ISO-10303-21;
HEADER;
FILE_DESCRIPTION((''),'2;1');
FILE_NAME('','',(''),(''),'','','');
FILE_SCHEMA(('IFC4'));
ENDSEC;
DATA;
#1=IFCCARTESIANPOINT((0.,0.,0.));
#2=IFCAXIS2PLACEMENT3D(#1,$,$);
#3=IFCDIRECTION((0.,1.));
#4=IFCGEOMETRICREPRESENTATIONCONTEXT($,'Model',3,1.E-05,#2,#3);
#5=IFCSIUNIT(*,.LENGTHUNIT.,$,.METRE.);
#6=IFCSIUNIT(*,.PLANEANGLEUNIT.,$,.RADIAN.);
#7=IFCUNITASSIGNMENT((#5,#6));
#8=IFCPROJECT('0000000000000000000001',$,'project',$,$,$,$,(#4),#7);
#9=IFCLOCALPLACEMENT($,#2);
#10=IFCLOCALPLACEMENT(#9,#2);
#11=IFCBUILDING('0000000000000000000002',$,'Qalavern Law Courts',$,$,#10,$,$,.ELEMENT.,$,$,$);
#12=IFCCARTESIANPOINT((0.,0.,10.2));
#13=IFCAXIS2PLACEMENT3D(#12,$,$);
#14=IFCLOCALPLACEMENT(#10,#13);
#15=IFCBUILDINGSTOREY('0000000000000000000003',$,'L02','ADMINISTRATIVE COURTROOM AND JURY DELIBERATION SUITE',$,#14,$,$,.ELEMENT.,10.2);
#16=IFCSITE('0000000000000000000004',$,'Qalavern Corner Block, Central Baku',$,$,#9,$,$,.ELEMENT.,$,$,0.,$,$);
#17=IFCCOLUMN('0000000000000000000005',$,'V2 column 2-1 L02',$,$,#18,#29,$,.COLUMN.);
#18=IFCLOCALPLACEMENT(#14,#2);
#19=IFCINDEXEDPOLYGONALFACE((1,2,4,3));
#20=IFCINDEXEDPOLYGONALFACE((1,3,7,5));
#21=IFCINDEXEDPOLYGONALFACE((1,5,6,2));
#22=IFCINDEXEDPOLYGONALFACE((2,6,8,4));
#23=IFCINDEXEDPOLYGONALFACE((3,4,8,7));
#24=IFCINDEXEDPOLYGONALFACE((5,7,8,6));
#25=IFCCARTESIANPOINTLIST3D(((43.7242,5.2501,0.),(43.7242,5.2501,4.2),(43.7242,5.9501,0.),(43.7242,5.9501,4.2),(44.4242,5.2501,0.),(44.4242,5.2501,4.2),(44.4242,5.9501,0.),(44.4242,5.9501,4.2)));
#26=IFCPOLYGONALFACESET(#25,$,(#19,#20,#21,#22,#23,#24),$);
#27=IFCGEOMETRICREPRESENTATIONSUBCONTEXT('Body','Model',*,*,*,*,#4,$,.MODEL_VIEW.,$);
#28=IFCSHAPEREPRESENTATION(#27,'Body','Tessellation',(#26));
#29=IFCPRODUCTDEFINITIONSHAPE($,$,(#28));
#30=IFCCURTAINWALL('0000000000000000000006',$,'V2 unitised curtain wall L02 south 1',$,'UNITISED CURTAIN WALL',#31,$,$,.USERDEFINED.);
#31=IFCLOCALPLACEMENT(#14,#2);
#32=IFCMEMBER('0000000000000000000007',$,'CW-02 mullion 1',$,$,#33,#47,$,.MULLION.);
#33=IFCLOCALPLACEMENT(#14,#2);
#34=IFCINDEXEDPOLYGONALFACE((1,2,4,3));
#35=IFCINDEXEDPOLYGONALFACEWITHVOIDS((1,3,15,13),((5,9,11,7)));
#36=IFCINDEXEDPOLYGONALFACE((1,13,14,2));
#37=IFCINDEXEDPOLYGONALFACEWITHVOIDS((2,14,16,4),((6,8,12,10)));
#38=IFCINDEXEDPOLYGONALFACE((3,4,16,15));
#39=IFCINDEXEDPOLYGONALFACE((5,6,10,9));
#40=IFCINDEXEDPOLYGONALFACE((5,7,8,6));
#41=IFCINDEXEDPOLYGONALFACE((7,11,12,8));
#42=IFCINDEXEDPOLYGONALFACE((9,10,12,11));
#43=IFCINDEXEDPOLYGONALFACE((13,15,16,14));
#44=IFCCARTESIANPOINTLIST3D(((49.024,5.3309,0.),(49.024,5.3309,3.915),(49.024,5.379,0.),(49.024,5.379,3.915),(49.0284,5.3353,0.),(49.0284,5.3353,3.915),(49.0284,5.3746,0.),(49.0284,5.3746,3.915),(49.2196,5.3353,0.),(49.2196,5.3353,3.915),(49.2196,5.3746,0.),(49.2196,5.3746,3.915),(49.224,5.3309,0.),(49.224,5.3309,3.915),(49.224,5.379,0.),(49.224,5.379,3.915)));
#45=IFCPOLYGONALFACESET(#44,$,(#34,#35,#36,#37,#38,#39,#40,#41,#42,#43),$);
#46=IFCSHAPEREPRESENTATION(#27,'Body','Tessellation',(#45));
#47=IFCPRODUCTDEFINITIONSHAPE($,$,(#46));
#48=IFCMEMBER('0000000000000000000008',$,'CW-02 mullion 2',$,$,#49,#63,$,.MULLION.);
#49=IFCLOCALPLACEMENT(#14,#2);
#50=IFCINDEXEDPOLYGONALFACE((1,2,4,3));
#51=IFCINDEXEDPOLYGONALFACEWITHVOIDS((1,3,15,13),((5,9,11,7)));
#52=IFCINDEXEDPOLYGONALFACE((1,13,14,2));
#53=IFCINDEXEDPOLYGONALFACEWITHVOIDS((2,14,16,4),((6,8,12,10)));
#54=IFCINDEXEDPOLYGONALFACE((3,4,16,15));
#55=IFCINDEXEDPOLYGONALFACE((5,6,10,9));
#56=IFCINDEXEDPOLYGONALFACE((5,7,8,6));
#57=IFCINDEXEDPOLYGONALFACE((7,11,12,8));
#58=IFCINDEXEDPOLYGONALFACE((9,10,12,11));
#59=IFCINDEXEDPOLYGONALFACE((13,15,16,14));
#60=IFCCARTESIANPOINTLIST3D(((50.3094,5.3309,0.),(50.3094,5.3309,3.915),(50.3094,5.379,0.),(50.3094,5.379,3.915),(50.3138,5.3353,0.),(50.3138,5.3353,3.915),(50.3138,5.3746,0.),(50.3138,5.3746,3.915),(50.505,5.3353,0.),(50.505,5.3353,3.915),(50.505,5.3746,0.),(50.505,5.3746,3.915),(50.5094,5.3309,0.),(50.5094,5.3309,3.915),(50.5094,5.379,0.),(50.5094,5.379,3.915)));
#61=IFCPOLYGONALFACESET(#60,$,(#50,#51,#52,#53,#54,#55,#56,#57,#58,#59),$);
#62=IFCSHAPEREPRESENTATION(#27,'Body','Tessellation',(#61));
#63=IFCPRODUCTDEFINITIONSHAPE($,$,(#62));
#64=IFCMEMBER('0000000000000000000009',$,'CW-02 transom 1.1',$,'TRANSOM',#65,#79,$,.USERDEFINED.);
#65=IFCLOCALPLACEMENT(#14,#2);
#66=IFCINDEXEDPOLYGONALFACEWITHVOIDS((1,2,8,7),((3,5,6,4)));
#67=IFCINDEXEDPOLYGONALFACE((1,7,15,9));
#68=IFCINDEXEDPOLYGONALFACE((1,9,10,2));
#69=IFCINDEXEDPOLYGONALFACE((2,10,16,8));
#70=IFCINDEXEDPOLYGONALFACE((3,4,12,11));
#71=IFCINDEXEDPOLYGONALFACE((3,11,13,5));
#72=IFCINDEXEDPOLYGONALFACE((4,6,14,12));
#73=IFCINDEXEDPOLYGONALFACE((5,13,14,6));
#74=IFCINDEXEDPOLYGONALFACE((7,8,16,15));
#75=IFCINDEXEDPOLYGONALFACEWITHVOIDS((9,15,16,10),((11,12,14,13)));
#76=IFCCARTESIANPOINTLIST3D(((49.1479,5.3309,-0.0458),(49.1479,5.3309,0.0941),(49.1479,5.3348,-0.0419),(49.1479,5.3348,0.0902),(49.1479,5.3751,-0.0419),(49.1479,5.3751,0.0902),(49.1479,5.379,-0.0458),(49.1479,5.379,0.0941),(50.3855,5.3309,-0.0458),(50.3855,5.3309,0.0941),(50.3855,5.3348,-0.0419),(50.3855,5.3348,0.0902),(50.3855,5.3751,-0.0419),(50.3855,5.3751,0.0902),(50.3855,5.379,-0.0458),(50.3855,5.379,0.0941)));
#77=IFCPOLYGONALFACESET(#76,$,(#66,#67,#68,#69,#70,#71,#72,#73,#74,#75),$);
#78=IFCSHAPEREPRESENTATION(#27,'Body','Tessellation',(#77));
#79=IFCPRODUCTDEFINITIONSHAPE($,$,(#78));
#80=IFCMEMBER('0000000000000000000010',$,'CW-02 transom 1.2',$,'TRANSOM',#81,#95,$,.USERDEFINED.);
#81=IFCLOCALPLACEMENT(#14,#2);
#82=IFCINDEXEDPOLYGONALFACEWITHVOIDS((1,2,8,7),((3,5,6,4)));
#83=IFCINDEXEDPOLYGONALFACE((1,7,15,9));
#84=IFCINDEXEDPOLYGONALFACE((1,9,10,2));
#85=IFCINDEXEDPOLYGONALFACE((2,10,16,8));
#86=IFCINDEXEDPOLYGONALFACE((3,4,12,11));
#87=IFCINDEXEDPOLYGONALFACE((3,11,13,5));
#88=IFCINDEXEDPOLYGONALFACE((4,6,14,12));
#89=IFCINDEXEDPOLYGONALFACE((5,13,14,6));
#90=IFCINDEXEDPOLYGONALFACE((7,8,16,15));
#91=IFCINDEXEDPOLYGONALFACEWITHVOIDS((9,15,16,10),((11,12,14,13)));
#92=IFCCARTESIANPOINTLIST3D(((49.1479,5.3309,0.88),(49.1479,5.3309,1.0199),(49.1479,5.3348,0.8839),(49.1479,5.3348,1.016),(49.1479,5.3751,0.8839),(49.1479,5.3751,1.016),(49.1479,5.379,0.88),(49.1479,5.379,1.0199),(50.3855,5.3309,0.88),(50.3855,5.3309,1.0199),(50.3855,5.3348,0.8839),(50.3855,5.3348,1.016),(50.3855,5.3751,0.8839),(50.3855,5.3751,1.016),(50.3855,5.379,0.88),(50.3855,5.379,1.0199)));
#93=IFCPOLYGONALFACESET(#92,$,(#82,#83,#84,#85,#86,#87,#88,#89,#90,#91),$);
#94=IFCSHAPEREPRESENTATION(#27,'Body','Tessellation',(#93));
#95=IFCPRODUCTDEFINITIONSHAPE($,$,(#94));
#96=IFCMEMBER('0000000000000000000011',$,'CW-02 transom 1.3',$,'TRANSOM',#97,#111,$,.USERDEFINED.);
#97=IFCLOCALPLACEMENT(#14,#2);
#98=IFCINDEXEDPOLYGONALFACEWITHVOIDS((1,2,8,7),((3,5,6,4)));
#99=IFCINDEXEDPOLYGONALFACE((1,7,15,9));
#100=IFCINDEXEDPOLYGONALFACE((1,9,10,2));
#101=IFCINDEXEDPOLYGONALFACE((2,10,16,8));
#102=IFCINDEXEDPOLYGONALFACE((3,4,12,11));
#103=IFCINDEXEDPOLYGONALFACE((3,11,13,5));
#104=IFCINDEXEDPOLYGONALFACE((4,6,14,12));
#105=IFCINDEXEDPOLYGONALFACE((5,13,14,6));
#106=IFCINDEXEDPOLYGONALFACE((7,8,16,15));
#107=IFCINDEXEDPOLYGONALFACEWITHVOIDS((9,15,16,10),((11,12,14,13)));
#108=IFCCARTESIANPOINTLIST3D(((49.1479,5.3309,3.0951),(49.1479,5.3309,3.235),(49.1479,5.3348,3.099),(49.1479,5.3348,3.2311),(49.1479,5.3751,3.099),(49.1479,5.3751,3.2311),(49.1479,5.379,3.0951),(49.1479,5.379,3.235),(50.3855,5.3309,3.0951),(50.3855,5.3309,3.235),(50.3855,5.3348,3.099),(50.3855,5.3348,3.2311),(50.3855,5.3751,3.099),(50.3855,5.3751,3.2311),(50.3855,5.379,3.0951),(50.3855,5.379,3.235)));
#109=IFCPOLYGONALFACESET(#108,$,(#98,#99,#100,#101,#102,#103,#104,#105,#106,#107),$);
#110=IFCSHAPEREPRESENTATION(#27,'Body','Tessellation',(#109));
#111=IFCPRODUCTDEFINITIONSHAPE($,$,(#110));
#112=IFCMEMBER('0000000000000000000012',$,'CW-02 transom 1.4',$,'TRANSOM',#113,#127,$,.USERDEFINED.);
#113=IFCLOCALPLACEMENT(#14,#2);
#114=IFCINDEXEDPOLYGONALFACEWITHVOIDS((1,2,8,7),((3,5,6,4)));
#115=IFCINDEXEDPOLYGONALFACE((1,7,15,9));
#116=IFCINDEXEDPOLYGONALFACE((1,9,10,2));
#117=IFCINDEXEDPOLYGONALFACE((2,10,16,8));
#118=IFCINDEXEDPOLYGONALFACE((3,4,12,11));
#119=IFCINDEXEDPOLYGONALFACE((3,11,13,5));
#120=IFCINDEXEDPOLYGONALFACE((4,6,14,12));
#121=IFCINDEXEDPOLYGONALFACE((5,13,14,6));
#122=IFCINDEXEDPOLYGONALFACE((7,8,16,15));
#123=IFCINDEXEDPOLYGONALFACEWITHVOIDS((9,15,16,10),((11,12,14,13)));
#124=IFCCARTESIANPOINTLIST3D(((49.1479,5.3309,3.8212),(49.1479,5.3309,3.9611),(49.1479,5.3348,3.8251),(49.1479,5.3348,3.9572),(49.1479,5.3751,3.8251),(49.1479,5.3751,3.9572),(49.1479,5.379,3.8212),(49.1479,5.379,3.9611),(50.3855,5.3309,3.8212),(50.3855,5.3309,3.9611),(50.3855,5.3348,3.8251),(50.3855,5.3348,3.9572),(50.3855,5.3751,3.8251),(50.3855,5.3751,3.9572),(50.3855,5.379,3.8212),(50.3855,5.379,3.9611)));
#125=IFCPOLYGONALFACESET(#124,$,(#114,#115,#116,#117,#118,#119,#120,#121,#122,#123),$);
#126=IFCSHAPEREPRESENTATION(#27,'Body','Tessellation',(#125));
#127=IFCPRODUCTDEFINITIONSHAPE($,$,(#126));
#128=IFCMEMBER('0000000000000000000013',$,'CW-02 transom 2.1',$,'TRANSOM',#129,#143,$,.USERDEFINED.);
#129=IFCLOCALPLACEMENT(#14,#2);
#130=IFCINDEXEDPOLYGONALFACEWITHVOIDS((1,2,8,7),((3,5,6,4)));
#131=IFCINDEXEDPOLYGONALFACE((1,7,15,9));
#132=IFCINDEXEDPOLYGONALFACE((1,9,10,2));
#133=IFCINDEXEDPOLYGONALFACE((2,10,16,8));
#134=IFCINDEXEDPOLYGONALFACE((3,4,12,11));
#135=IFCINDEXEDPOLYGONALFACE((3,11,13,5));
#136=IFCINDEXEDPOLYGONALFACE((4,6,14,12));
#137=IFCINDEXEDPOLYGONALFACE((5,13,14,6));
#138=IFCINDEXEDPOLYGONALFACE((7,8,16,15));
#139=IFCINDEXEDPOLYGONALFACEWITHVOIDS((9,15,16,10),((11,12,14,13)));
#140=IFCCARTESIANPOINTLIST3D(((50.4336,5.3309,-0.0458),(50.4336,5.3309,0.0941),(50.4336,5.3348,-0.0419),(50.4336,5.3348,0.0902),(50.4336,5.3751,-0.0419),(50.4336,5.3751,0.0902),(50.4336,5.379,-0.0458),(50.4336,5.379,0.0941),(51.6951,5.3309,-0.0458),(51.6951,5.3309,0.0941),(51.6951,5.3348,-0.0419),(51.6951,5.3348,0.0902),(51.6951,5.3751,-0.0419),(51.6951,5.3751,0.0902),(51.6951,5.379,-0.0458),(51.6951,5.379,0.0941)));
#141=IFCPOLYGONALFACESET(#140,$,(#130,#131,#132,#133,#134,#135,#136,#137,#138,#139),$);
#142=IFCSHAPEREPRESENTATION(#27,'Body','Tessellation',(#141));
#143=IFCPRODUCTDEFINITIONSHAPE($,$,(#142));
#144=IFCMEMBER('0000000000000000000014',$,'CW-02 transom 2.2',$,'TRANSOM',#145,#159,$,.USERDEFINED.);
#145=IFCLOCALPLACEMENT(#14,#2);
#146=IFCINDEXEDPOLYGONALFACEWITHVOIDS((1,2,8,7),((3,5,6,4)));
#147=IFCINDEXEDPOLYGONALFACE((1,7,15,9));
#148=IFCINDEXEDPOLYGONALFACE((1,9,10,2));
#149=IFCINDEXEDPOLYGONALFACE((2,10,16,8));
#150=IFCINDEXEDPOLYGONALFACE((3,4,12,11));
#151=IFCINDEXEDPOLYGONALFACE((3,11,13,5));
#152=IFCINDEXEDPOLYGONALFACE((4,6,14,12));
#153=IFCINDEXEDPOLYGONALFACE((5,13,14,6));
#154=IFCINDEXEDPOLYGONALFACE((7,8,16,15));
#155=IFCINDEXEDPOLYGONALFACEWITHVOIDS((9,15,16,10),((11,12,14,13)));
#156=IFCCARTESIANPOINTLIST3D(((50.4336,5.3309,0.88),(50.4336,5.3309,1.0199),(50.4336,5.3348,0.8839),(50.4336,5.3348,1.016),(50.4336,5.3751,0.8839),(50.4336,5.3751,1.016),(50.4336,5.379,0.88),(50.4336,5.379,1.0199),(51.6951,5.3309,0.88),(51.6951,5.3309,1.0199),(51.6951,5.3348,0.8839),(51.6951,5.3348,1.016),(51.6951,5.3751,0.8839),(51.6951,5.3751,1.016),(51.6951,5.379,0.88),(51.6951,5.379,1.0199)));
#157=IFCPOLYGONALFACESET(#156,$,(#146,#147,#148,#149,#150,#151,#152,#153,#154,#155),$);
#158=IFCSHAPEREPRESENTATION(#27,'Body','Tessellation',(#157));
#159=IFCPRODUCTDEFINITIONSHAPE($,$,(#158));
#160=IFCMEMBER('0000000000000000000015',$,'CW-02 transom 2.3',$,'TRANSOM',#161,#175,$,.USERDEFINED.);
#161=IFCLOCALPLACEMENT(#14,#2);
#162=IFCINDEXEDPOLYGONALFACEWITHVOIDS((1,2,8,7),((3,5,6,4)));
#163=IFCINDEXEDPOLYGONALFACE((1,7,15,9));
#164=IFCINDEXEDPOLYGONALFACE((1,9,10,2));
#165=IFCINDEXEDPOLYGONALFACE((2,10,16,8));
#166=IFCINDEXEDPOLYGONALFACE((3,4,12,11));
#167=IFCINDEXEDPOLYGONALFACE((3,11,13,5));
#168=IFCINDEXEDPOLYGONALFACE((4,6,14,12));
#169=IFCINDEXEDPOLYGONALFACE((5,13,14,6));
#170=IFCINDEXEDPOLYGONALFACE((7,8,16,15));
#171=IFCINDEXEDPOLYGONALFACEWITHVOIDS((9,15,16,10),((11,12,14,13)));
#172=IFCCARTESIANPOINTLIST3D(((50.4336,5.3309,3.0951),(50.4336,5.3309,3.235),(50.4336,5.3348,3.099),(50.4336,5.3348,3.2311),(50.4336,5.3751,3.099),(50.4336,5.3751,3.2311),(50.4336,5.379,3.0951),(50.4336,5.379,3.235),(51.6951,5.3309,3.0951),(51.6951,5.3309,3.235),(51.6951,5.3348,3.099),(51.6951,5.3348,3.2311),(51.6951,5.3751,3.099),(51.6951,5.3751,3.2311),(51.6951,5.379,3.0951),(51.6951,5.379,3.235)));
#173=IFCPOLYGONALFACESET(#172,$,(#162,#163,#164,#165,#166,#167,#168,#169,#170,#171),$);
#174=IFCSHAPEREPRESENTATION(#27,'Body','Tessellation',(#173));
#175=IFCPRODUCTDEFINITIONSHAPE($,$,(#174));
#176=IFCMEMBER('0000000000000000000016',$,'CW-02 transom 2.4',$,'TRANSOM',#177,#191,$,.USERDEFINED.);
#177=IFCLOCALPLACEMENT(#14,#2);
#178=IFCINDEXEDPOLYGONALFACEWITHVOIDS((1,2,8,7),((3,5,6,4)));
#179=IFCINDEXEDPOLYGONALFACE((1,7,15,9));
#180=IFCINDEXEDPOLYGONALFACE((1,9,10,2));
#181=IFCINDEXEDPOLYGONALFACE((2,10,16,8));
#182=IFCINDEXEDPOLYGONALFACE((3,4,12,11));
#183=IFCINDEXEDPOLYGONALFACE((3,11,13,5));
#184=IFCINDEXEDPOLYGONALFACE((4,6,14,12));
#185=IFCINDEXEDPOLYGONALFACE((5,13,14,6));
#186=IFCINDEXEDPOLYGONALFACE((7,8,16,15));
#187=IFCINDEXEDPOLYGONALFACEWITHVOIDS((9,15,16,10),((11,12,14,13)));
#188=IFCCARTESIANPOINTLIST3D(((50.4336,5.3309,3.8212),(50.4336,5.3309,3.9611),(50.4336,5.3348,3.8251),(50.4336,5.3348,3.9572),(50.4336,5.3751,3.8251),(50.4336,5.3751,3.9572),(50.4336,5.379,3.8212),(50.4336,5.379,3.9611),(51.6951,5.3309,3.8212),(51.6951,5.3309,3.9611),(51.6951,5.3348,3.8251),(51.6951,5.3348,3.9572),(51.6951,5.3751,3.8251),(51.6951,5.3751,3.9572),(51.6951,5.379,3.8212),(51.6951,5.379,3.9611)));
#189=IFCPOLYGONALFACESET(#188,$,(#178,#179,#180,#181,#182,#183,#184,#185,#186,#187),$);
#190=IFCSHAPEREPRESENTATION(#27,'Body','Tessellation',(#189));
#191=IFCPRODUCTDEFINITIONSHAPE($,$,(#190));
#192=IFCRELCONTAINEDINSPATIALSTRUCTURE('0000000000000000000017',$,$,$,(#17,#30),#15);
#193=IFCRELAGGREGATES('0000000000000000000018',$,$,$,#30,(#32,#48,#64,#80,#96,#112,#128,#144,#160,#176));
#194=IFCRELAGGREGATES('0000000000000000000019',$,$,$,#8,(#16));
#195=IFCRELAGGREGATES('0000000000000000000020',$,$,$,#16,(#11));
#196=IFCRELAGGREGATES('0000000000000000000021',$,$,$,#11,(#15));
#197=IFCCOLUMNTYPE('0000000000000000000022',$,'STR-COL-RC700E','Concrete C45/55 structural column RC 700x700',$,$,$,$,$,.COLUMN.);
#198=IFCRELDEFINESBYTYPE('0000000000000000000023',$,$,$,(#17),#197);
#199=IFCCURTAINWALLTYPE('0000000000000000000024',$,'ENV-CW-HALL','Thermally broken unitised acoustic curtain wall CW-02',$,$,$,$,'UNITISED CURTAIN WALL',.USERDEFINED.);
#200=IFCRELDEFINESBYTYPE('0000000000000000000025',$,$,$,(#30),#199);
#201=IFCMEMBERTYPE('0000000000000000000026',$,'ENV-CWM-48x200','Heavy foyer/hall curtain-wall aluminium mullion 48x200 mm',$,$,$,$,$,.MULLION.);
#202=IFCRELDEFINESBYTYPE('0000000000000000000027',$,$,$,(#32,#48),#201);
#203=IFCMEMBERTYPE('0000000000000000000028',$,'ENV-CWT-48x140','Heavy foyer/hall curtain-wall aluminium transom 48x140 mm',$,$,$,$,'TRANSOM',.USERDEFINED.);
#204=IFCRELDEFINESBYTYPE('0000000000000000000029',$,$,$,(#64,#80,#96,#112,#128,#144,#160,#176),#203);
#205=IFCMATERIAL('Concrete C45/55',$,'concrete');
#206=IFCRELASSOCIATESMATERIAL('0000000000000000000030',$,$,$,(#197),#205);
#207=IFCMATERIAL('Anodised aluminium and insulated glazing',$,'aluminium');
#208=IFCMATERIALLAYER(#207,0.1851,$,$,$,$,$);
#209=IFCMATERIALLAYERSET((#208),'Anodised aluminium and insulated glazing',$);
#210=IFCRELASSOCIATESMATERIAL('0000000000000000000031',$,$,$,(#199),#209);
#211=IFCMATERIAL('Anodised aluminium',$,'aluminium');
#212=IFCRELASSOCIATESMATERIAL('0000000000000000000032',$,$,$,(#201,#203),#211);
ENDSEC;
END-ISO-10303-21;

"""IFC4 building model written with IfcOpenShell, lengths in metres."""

from ifc_helpers import new_model, si_unit, direction, frame, origin, origin_2d, place, context, subcontext, project, spatial, rectangle, hollow_rectangle, extrude, material, layer, layer_set, material_profile, profile_set, type_object, element, aggregate, save


model = new_model("IFC4")

# Units and contexts
model_context = context("Model", 3, precision=1e-05, world=origin(), true_north=direction((0.0, 1.0)))
body_context = subcontext(model_context, "Body", "Model", "MODEL_VIEW")
ifc_project = project(units=[si_unit("LENGTHUNIT", "METRE"), si_unit("PLANEANGLEUNIT", "RADIAN")], contexts=[model_context])

# Site, building, storey
site_placement = place(None, origin())
site = spatial("IfcSite", under=ifc_project, at=site_placement, Name="Qalavern Corner Block, Central Baku", CompositionType="ELEMENT", RefElevation=0.0)
building_placement = place(site_placement, origin())
building = spatial("IfcBuilding", under=site, at=building_placement, Name="Qalavern Law Courts", CompositionType="ELEMENT")
storey_placement = place(building_placement, frame((0.0, 0.0, 10.2)))
storey = spatial("IfcBuildingStorey", under=building, at=storey_placement, Name="L02", Description="ADMINISTRATIVE COURTROOM AND JURY DELIBERATION SUITE", CompositionType="ELEMENT", Elevation=10.2)

# Column
ifc_material_1 = material(Name="Concrete C45/55", Category="concrete")
ifc_material_profile_1 = material_profile(ifc_material_1, rectangle(XDim=0.7, YDim=0.7, at=origin_2d()), Name="RC 700x700")
ifc_profile_set_1 = profile_set([ifc_material_profile_1], Name="Concrete C45/55")
column_type = type_object("IfcColumnType", Name="STR-COL-RC700E", Description="Concrete C45/55 structural column RC 700x700", PredefinedType="COLUMN", material=ifc_profile_set_1)
column_placement = place(storey_placement, frame((44.0742, 5.6001, 0.0), z_axis=(0.0, 0.0, 1.0), x_axis=(1.0, 0.0, 0.0)))
element("IfcColumn", 1, at=column_placement, inside=storey, type_object=column_type, Name="V2 column 2-1 L02", PredefinedType="COLUMN", context=body_context, shape_type="SweptSolid", body=[
    extrude(rectangle(XDim=0.7, YDim=0.7, at=origin_2d()), origin(), (0.0, 0.0, 1.0), 4.2),
])

# Curtain wall, members
ifc_material_2 = material(Name="Anodised aluminium and insulated glazing", Category="aluminium")
ifc_layer_1 = layer(ifc_material_2, 0.1851)
ifc_layer_set_1 = layer_set([ifc_layer_1], Name="Anodised aluminium and insulated glazing")
curtain_wall_type = type_object("IfcCurtainWallType", Name="ENV-CW-HALL", Description="Thermally broken unitised acoustic curtain wall CW-02", ElementType="UNITISED CURTAIN WALL", PredefinedType="USERDEFINED", material=ifc_layer_set_1)
curtain_wall_placement = place(storey_placement, origin())
curtain_wall = element("IfcCurtainWall", 2, at=curtain_wall_placement, inside=storey, type_object=curtain_wall_type, Name="V2 unitised curtain wall L02 south 1", ObjectType="UNITISED CURTAIN WALL", PredefinedType="USERDEFINED")
ifc_material_3 = material(Name="Anodised aluminium", Category="aluminium")
ifc_material_profile_2 = material_profile(ifc_material_3, hollow_rectangle(XDim=0.0481, YDim=0.2, WallThickness=0.0044, at=origin_2d()), Name="ALU MULLION 48x200")
ifc_profile_set_2 = profile_set([ifc_material_profile_2], Name="Anodised aluminium")
member_type_1 = type_object("IfcMemberType", Name="ENV-CWM-48x200", Description="Heavy foyer/hall curtain-wall aluminium mullion 48x200 mm", PredefinedType="MULLION", material=ifc_profile_set_2)
member_1_placement = place(storey_placement, frame((49.124, 5.355, 0.0), z_axis=(0.0, 0.0, 1.0), x_axis=(0.0, 1.0, 0.0)))
member_1 = element("IfcMember", 3, at=member_1_placement, type_object=member_type_1, Name="CW-02 mullion 1", PredefinedType="MULLION", context=body_context, shape_type="SweptSolid", body=[
    extrude(hollow_rectangle(XDim=0.0481, YDim=0.2, WallThickness=0.0044, at=origin_2d()), origin(), (0.0, 0.0, 1.0), 3.915),
])
member_2_placement = place(storey_placement, frame((50.4094, 5.355, 0.0), z_axis=(0.0, 0.0, 1.0), x_axis=(0.0, 1.0, 0.0)))
member_2 = element("IfcMember", 4, at=member_2_placement, type_object=member_type_1, Name="CW-02 mullion 2", PredefinedType="MULLION", context=body_context, shape_type="SweptSolid", body=[
    extrude(hollow_rectangle(XDim=0.0481, YDim=0.2, WallThickness=0.0044, at=origin_2d()), origin(), (0.0, 0.0, 1.0), 3.915),
])
ifc_material_profile_3 = material_profile(ifc_material_3, hollow_rectangle(XDim=0.0481, YDim=0.1399, WallThickness=0.0039, at=origin_2d()), Name="ALU TRANSOM 48x140")
ifc_profile_set_3 = profile_set([ifc_material_profile_3], Name="Anodised aluminium")
member_type_2 = type_object("IfcMemberType", Name="ENV-CWT-48x140", Description="Heavy foyer/hall curtain-wall aluminium transom 48x140 mm", ElementType="TRANSOM", PredefinedType="USERDEFINED", material=ifc_profile_set_3)
member_3_placement = place(storey_placement, frame((49.1479, 5.355, 0.0242), z_axis=(1.0, 0.0, 0.0), x_axis=(0.0, 1.0, 0.0)))
member_3 = element("IfcMember", 5, at=member_3_placement, type_object=member_type_2, Name="CW-02 transom 1.1", ObjectType="TRANSOM", PredefinedType="USERDEFINED", context=body_context, shape_type="SweptSolid", body=[
    extrude(hollow_rectangle(XDim=0.0481, YDim=0.1399, WallThickness=0.0039, at=origin_2d()), origin(), (0.0, 0.0, 1.0), 1.2375),
])
member_4_placement = place(storey_placement, frame((49.1479, 5.355, 0.95), z_axis=(1.0, 0.0, 0.0), x_axis=(0.0, 1.0, 0.0)))
member_4 = element("IfcMember", 6, at=member_4_placement, type_object=member_type_2, Name="CW-02 transom 1.2", ObjectType="TRANSOM", PredefinedType="USERDEFINED", context=body_context, shape_type="SweptSolid", body=[
    extrude(hollow_rectangle(XDim=0.0481, YDim=0.1399, WallThickness=0.0039, at=origin_2d()), origin(), (0.0, 0.0, 1.0), 1.2375),
])
member_5_placement = place(storey_placement, frame((49.1479, 5.355, 3.165), z_axis=(1.0, 0.0, 0.0), x_axis=(0.0, 1.0, 0.0)))
member_5 = element("IfcMember", 7, at=member_5_placement, type_object=member_type_2, Name="CW-02 transom 1.3", ObjectType="TRANSOM", PredefinedType="USERDEFINED", context=body_context, shape_type="SweptSolid", body=[
    extrude(hollow_rectangle(XDim=0.0481, YDim=0.1399, WallThickness=0.0039, at=origin_2d()), origin(), (0.0, 0.0, 1.0), 1.2375),
])
member_6_placement = place(storey_placement, frame((49.1479, 5.355, 3.8911), z_axis=(1.0, 0.0, 0.0), x_axis=(0.0, 1.0, 0.0)))
member_6 = element("IfcMember", 8, at=member_6_placement, type_object=member_type_2, Name="CW-02 transom 1.4", ObjectType="TRANSOM", PredefinedType="USERDEFINED", context=body_context, shape_type="SweptSolid", body=[
    extrude(hollow_rectangle(XDim=0.0481, YDim=0.1399, WallThickness=0.0039, at=origin_2d()), origin(), (0.0, 0.0, 1.0), 1.2375),
])
member_7_placement = place(storey_placement, frame((50.4336, 5.355, 0.0242), z_axis=(1.0, 0.0, 0.0), x_axis=(0.0, 1.0, 0.0)))
member_7 = element("IfcMember", 9, at=member_7_placement, type_object=member_type_2, Name="CW-02 transom 2.1", ObjectType="TRANSOM", PredefinedType="USERDEFINED", context=body_context, shape_type="SweptSolid", body=[
    extrude(hollow_rectangle(XDim=0.0481, YDim=0.1399, WallThickness=0.0039, at=origin_2d()), origin(), (0.0, 0.0, 1.0), 1.2615),
])
member_8_placement = place(storey_placement, frame((50.4336, 5.355, 0.95), z_axis=(1.0, 0.0, 0.0), x_axis=(0.0, 1.0, 0.0)))
member_8 = element("IfcMember", 10, at=member_8_placement, type_object=member_type_2, Name="CW-02 transom 2.2", ObjectType="TRANSOM", PredefinedType="USERDEFINED", context=body_context, shape_type="SweptSolid", body=[
    extrude(hollow_rectangle(XDim=0.0481, YDim=0.1399, WallThickness=0.0039, at=origin_2d()), origin(), (0.0, 0.0, 1.0), 1.2615),
])
member_9_placement = place(storey_placement, frame((50.4336, 5.355, 3.165), z_axis=(1.0, 0.0, 0.0), x_axis=(0.0, 1.0, 0.0)))
member_9 = element("IfcMember", 11, at=member_9_placement, type_object=member_type_2, Name="CW-02 transom 2.3", ObjectType="TRANSOM", PredefinedType="USERDEFINED", context=body_context, shape_type="SweptSolid", body=[
    extrude(hollow_rectangle(XDim=0.0481, YDim=0.1399, WallThickness=0.0039, at=origin_2d()), origin(), (0.0, 0.0, 1.0), 1.2615),
])
member_10_placement = place(storey_placement, frame((50.4336, 5.355, 3.8911), z_axis=(1.0, 0.0, 0.0), x_axis=(0.0, 1.0, 0.0)))
member_10 = element("IfcMember", 12, at=member_10_placement, type_object=member_type_2, Name="CW-02 transom 2.4", ObjectType="TRANSOM", PredefinedType="USERDEFINED", context=body_context, shape_type="SweptSolid", body=[
    extrude(hollow_rectangle(XDim=0.0481, YDim=0.1399, WallThickness=0.0039, at=origin_2d()), origin(), (0.0, 0.0, 1.0), 1.2615),
])

aggregate(curtain_wall, [member_1, member_2, member_3, member_4, member_5, member_6, member_7, member_8, member_9, member_10])

save(model, "model.ifc")
